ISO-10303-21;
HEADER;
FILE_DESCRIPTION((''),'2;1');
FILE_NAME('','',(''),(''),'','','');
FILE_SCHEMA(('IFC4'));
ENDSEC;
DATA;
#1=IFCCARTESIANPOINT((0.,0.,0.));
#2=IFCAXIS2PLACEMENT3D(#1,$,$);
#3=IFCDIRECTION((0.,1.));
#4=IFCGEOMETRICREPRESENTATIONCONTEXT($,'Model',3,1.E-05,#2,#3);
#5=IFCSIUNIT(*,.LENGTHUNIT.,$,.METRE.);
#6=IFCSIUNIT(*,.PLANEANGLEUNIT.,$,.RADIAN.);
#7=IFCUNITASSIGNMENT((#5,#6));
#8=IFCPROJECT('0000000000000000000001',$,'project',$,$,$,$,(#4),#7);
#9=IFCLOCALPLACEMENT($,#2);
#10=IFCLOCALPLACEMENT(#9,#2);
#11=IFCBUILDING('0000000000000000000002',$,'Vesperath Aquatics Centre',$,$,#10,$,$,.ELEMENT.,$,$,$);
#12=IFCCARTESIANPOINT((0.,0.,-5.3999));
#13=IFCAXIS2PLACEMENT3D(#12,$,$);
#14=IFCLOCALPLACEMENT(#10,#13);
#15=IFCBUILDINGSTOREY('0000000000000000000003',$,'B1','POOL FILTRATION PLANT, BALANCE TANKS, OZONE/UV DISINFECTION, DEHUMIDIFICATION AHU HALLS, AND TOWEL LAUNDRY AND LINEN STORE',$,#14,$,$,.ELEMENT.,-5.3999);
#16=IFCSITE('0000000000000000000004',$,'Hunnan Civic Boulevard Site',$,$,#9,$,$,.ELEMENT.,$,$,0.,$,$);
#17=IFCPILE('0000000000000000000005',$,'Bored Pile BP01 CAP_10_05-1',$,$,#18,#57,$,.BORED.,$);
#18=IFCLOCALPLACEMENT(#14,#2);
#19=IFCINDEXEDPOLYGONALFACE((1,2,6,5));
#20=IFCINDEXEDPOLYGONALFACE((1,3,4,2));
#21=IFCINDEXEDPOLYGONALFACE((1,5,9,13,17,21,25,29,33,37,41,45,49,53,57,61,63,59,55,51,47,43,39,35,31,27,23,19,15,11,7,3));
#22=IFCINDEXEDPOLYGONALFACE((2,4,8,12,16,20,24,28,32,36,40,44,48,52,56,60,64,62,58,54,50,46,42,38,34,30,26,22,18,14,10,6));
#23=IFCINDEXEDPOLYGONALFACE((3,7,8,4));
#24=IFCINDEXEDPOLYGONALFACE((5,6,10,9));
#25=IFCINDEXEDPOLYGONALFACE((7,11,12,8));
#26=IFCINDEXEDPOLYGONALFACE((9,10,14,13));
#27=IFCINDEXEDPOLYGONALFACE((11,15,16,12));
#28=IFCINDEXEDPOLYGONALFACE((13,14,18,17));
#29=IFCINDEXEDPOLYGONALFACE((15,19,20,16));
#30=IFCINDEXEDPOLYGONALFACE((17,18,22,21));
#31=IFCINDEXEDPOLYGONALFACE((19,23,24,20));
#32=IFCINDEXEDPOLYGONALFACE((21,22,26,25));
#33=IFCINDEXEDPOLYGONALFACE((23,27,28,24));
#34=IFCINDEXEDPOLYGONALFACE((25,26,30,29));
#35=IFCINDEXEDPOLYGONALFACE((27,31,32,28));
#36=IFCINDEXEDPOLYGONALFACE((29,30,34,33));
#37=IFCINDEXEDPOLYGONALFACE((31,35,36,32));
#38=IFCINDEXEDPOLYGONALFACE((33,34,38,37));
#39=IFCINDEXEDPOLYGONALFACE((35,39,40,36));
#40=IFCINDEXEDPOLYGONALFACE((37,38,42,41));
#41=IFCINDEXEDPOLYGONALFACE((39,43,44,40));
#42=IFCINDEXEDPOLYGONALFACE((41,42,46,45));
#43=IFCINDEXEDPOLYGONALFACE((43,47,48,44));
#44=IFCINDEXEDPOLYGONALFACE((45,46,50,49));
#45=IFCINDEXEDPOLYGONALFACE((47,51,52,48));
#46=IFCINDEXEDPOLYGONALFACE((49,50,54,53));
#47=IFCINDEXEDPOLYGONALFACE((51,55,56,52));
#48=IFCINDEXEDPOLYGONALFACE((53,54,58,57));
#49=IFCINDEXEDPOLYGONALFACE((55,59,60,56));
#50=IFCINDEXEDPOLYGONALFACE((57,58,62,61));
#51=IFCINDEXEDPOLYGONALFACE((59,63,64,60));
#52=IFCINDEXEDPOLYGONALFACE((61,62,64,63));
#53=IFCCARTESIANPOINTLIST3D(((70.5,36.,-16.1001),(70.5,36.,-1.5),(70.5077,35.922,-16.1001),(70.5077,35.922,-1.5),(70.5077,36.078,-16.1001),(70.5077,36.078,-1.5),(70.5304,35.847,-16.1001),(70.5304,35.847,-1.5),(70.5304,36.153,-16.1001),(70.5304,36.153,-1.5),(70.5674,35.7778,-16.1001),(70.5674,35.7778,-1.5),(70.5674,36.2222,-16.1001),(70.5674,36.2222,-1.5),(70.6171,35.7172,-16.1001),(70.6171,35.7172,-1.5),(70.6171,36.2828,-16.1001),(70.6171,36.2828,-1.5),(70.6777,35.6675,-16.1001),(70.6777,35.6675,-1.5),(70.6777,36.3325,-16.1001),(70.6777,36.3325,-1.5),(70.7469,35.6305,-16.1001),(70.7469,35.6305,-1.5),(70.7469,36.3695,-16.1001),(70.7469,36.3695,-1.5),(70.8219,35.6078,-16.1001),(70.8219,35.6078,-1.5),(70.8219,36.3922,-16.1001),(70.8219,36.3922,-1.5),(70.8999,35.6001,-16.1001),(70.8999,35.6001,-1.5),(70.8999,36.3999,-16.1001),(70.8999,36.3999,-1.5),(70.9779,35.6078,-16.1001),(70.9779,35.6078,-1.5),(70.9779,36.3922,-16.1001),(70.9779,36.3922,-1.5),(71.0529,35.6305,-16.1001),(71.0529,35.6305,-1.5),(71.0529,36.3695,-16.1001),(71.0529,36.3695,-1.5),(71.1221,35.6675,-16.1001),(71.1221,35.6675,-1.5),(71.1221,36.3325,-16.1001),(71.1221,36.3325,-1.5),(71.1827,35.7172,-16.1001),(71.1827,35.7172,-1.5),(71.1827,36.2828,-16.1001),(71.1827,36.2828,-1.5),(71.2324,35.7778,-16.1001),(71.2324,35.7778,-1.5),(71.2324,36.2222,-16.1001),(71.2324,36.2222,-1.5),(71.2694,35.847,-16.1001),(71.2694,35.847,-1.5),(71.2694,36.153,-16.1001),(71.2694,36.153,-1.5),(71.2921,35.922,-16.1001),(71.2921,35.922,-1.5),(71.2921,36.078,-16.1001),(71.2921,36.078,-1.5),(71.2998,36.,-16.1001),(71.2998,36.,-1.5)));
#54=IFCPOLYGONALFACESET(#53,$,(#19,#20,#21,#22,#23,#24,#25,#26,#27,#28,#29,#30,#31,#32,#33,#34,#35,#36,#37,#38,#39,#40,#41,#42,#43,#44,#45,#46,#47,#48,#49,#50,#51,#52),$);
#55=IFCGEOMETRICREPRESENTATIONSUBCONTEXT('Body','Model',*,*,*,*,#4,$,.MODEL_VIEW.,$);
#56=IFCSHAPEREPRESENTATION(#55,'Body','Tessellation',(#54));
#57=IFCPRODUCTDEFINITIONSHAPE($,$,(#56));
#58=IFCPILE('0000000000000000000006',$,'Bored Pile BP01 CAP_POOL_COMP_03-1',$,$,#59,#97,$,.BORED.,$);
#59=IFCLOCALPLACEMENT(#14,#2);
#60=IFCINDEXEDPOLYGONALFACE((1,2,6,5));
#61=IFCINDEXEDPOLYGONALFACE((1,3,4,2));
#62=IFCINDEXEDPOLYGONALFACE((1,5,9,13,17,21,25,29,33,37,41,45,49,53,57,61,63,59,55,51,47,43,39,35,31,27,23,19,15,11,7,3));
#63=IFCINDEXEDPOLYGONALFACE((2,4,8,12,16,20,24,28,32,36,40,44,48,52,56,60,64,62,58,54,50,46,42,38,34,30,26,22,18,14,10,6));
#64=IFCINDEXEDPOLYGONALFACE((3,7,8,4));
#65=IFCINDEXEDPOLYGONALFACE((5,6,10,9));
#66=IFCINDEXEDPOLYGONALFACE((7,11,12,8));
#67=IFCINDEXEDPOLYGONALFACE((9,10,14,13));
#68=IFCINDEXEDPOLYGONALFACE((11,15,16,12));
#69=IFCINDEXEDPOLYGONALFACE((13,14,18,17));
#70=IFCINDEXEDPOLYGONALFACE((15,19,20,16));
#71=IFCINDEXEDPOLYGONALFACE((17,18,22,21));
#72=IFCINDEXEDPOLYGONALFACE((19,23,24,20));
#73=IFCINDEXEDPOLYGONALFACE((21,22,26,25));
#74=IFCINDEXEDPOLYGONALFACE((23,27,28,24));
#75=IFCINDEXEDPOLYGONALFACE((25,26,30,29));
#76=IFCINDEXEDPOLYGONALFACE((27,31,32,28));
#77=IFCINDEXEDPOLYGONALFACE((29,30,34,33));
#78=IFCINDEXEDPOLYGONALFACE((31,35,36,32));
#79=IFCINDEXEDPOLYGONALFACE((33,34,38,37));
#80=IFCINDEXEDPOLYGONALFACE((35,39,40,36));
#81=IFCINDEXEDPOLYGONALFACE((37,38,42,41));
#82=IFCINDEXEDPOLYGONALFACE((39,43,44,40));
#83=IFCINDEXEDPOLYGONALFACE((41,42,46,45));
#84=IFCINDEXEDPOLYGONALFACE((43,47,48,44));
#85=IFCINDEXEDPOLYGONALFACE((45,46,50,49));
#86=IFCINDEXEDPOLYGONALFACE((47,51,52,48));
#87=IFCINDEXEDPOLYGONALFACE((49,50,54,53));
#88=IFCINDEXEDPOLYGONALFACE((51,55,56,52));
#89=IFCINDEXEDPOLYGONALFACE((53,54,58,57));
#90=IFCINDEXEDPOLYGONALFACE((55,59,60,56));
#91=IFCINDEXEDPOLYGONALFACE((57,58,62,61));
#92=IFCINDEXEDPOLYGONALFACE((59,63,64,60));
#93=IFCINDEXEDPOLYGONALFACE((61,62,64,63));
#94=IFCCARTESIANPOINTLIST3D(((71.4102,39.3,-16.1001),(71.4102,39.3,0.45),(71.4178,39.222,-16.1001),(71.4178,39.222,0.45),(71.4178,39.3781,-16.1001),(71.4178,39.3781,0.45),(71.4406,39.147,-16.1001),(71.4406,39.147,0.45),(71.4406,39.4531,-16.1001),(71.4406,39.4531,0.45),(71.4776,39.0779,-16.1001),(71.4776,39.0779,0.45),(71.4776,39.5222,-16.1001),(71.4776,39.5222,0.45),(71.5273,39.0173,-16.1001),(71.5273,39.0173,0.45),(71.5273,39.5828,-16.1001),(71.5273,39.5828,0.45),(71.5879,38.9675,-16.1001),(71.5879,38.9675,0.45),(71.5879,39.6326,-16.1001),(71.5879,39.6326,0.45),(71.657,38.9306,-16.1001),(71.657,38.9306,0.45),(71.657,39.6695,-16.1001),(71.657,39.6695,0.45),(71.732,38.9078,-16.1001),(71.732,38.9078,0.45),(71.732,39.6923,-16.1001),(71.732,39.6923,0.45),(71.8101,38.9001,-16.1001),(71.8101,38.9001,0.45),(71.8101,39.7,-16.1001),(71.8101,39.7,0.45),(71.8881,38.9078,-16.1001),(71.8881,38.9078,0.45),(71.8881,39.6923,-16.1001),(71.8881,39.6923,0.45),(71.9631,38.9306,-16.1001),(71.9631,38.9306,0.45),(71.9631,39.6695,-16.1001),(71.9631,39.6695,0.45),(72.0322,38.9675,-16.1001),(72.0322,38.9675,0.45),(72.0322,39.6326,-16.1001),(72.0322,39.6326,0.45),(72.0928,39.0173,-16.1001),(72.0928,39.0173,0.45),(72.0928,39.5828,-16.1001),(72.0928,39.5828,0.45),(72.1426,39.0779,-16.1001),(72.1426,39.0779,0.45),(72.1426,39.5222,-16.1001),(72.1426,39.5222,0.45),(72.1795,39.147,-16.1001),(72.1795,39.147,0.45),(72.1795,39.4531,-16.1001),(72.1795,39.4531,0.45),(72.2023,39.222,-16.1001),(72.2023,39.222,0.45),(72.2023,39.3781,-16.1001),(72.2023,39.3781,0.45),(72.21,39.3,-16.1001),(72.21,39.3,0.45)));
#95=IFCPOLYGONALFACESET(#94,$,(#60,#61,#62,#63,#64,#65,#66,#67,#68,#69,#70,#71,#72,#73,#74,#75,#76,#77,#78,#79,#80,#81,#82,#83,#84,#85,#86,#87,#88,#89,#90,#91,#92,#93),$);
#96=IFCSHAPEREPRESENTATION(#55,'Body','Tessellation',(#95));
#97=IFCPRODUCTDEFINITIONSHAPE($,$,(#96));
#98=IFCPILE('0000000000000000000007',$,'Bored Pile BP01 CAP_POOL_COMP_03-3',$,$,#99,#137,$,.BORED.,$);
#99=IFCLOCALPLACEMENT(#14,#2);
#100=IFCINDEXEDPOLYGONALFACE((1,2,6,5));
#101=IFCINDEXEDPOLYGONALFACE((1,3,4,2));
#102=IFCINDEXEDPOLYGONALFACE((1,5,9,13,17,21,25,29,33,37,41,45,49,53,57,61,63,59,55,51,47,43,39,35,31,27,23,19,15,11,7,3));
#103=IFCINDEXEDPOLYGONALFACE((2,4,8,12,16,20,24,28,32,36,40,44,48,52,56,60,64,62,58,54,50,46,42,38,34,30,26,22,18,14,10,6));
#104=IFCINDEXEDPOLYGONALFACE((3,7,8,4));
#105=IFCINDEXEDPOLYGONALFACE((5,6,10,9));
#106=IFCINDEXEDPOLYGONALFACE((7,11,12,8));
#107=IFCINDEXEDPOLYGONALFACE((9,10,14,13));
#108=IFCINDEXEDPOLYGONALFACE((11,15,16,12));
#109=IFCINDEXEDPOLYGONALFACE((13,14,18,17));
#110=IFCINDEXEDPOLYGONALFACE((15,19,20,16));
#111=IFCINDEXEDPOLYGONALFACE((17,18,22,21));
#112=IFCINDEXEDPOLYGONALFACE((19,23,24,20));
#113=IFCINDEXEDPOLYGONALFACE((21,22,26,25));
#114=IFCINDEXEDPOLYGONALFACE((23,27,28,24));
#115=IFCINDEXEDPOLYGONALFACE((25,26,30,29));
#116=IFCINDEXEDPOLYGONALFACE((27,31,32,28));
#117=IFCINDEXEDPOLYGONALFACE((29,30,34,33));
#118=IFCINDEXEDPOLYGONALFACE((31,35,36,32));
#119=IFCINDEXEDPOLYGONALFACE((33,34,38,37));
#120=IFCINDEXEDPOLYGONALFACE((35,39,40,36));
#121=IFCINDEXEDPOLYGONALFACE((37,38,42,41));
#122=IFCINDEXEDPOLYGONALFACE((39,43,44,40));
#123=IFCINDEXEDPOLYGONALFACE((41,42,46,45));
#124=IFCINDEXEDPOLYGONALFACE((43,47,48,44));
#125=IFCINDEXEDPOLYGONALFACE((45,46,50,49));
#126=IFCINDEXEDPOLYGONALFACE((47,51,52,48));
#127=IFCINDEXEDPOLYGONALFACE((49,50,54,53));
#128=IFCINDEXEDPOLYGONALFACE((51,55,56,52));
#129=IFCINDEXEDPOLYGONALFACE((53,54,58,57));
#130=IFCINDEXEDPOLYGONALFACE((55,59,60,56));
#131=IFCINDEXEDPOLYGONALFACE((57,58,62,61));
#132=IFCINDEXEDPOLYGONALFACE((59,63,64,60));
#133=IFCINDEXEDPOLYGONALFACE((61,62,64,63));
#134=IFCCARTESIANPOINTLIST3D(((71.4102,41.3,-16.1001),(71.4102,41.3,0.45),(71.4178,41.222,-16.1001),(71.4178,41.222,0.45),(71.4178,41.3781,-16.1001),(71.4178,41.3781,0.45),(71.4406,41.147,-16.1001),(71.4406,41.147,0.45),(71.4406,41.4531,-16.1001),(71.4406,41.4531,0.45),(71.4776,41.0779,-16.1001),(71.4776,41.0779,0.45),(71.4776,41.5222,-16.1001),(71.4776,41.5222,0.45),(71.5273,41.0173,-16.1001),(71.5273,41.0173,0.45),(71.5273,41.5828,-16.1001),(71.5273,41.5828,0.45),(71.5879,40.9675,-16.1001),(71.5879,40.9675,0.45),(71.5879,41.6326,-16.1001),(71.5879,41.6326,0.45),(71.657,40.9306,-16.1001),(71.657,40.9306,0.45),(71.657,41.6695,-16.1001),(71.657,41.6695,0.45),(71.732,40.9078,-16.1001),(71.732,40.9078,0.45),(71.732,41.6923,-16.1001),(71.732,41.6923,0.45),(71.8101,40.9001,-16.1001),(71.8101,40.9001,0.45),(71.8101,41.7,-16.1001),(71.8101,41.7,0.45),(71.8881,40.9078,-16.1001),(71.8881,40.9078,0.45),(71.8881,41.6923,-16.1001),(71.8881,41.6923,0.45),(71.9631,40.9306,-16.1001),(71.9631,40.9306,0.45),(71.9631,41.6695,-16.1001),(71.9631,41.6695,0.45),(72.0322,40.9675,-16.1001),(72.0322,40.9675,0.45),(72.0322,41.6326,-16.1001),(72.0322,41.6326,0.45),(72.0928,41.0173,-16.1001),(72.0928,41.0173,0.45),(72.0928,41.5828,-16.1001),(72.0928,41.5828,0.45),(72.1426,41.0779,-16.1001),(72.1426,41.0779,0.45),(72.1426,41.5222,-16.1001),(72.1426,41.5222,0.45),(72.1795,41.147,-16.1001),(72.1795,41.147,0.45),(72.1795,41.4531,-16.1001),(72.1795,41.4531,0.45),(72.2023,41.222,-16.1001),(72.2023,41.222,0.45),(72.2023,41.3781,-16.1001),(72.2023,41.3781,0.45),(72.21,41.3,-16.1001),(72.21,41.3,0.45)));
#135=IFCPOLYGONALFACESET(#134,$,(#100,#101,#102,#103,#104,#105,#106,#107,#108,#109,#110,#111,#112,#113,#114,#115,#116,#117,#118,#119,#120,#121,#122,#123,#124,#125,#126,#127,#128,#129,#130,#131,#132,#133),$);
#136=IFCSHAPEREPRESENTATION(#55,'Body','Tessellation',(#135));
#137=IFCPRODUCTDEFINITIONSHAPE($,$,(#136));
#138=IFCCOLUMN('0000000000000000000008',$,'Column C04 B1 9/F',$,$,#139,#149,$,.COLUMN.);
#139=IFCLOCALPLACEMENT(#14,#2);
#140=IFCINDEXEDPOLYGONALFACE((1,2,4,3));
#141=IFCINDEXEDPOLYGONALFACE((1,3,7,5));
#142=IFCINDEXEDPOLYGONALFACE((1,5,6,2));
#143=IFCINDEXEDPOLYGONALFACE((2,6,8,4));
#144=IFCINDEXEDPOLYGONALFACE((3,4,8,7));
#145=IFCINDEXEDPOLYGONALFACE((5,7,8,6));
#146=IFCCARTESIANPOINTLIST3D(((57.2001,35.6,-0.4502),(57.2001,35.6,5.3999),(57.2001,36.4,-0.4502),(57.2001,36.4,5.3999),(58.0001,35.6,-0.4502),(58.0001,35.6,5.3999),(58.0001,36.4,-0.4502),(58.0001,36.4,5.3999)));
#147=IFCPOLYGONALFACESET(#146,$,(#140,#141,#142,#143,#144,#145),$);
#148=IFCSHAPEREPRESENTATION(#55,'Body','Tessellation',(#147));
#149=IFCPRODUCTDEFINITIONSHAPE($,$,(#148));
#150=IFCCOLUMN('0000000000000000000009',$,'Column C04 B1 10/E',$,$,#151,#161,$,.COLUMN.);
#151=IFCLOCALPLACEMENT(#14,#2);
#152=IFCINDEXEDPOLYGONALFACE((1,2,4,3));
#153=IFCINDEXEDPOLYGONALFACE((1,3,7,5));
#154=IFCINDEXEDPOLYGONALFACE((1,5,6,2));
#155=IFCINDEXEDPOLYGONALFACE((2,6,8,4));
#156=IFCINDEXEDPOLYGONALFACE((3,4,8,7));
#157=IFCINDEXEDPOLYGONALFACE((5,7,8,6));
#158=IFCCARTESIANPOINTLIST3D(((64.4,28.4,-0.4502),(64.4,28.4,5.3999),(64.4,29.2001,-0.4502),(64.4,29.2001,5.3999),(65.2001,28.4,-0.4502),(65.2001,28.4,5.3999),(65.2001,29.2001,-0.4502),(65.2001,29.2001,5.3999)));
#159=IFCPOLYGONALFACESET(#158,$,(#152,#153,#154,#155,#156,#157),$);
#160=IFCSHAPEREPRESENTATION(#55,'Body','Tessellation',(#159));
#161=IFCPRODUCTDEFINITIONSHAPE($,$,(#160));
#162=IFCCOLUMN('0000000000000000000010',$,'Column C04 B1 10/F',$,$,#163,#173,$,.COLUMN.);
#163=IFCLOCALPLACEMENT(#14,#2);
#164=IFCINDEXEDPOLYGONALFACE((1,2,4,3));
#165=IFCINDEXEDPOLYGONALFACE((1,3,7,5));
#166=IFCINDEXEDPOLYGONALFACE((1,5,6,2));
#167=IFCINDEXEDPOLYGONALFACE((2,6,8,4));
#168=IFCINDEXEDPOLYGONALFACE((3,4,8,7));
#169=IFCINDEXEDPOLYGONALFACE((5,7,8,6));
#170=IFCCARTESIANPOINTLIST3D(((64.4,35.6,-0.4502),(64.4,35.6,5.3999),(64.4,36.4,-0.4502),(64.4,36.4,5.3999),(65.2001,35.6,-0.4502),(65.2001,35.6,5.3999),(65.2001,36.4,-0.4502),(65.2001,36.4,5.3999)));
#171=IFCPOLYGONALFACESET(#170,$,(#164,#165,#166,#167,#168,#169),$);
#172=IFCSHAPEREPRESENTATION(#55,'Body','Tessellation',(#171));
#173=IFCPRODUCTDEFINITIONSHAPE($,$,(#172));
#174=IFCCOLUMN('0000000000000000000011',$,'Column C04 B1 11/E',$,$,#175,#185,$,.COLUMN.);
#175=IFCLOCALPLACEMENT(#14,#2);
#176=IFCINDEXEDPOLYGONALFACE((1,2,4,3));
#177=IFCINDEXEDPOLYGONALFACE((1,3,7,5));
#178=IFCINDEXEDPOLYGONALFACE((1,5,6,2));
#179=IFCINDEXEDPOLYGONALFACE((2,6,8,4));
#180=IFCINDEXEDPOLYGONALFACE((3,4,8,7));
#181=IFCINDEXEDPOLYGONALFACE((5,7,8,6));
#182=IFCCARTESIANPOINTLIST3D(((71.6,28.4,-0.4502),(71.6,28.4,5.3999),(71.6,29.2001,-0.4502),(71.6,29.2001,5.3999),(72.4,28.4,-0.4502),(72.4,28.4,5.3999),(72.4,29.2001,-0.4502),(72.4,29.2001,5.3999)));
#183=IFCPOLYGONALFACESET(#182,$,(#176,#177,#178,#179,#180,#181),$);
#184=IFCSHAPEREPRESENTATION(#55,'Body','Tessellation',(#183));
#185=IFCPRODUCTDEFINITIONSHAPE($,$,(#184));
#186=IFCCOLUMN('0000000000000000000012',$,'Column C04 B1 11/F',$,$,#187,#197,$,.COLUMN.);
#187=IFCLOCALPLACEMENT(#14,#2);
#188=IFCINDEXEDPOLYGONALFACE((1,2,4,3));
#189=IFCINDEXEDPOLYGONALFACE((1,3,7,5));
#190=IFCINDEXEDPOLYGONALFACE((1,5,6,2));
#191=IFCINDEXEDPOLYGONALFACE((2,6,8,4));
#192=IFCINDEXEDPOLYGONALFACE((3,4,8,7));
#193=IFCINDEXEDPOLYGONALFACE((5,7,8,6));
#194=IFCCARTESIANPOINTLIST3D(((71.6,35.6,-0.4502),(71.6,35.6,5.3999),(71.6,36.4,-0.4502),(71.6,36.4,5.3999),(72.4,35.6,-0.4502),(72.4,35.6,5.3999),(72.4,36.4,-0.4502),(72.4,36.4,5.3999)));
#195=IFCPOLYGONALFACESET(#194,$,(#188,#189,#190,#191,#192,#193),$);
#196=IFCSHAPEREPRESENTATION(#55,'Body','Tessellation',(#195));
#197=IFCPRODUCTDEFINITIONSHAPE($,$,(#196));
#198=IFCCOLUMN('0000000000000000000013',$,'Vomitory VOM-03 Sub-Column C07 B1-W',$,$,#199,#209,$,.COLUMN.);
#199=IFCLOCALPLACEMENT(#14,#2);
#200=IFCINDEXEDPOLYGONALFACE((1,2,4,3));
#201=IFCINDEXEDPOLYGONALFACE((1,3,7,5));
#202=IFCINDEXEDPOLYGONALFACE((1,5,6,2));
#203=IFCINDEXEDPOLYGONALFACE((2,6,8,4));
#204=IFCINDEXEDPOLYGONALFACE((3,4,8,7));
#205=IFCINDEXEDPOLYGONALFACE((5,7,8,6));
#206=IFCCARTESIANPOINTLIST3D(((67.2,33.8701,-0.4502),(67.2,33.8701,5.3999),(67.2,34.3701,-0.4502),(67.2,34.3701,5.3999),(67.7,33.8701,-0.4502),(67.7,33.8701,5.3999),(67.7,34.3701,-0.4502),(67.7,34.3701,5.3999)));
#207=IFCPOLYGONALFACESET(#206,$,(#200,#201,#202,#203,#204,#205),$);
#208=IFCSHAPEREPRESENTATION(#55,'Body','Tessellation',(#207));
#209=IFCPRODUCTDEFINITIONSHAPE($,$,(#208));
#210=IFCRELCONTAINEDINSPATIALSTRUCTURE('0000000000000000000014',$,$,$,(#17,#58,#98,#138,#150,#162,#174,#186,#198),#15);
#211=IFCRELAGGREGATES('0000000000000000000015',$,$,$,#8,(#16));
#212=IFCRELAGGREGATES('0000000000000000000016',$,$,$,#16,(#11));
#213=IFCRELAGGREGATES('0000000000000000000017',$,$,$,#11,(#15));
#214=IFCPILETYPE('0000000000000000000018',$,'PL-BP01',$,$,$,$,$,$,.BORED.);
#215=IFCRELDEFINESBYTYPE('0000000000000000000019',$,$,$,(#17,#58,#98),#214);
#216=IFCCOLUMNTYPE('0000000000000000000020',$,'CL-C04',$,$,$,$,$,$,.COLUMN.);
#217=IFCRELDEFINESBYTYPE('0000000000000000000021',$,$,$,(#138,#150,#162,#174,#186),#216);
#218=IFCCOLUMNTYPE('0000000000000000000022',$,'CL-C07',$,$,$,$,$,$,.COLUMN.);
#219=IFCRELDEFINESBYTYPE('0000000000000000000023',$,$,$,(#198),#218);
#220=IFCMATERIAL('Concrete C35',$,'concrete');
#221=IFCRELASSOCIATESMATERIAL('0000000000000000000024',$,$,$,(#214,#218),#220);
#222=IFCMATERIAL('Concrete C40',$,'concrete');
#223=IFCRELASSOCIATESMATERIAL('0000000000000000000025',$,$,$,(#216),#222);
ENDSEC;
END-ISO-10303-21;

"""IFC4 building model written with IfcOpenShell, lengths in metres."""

from ifc_helpers import new_model, si_unit, direction, frame, origin, origin_2d, place, context, subcontext, project, spatial, rectangle, circle, extrude, material, material_profile, profile_set, type_object, element, save


model = new_model("IFC4")

# Units and contexts
model_context = context("Model", 3, precision=1e-05, world=origin(), true_north=direction((0.0, 1.0)))
body_context = subcontext(model_context, "Body", "Model", "MODEL_VIEW")
ifc_project = project(units=[si_unit("LENGTHUNIT", "METRE"), si_unit("PLANEANGLEUNIT", "RADIAN")], contexts=[model_context])

# Site, building, storey
site_placement = place(None, origin())
site = spatial("IfcSite", under=ifc_project, at=site_placement, Name="Hunnan Civic Boulevard Site", CompositionType="ELEMENT", RefElevation=0.0)
building_placement = place(site_placement, origin())
building = spatial("IfcBuilding", under=site, at=building_placement, Name="Vesperath Aquatics Centre", CompositionType="ELEMENT")
storey_placement = place(building_placement, frame((0.0, 0.0, -5.3999)))
storey = spatial("IfcBuildingStorey", under=building, at=storey_placement, Name="B1", Description="POOL FILTRATION PLANT, BALANCE TANKS, OZONE/UV DISINFECTION, DEHUMIDIFICATION AHU HALLS, AND TOWEL LAUNDRY AND LINEN STORE", CompositionType="ELEMENT", Elevation=-5.3999)

# Shared definitions
ifc_material_1 = material(Name="Concrete C40", Category="concrete")

# Piles
ifc_material_2 = material(Name="Concrete C35", Category="concrete")
ifc_material_profile_1 = material_profile(ifc_material_2, circle(Radius=0.3999, at=origin_2d()), Name="PILE D800")
ifc_profile_set_1 = profile_set([ifc_material_profile_1], Name="Concrete C35")
pile_type = type_object("IfcPileType", Name="PL-BP01", PredefinedType="BORED", material=ifc_profile_set_1)
for number, where, z_axis, x_axis, name in (
    (1, (70.8999, 36.0, -1.5), (0.0, 0.0, -1.0), (1.0, 0.0, 0.0), "Bored Pile BP01 CAP_10_05-1"),
):
    element("IfcPile", number, at=place(storey_placement, frame(where, z_axis=z_axis, x_axis=x_axis)), inside=storey, type_object=pile_type, Name=name, PredefinedType="BORED", context=body_context, shape_type="SweptSolid", body=[
        extrude(circle(Radius=0.3999, at=origin_2d()), origin(), (0.0, 0.0, 1.0), 14.6001),
    ])
for number, where, z_axis, x_axis, name in (
    (2, (71.8101, 39.3, 0.45), (0.0, 0.0, -1.0), (1.0, 0.0, 0.0), "Bored Pile BP01 CAP_POOL_COMP_03-1"),
    (3, (71.8101, 41.3, 0.45), (0.0, 0.0, -1.0), (1.0, 0.0, 0.0), "Bored Pile BP01 CAP_POOL_COMP_03-3"),
):
    element("IfcPile", number, at=place(storey_placement, frame(where, z_axis=z_axis, x_axis=x_axis)), inside=storey, type_object=pile_type, Name=name, PredefinedType="BORED", context=body_context, shape_type="SweptSolid", body=[
        extrude(circle(Radius=0.3999, at=origin_2d()), origin(), (0.0, 0.0, 1.0), 16.55),
    ])

# Columns
ifc_material_profile_2 = material_profile(ifc_material_1, rectangle(XDim=0.8, YDim=0.8, at=origin_2d()), Name="RC 800x800")
ifc_profile_set_2 = profile_set([ifc_material_profile_2], Name="Concrete C40")
column_type_1 = type_object("IfcColumnType", Name="CL-C04", PredefinedType="COLUMN", material=ifc_profile_set_2)
for number, where, z_axis, x_axis, name in (
    (4, (57.6001, 36.0, -0.4502), (0.0, 0.0, 1.0), (1.0, 0.0, 0.0), "Column C04 B1 9/F"),
    (5, (64.8, 28.8, -0.4502), (0.0, 0.0, 1.0), (1.0, 0.0, 0.0), "Column C04 B1 10/E"),
    (6, (64.8, 36.0, -0.4502), (0.0, 0.0, 1.0), (1.0, 0.0, 0.0), "Column C04 B1 10/F"),
    (7, (72.0, 28.8, -0.4502), (0.0, 0.0, 1.0), (1.0, 0.0, 0.0), "Column C04 B1 11/E"),
    (8, (72.0, 36.0, -0.4502), (0.0, 0.0, 1.0), (1.0, 0.0, 0.0), "Column C04 B1 11/F"),
):
    element("IfcColumn", number, at=place(storey_placement, frame(where, z_axis=z_axis, x_axis=x_axis)), inside=storey, type_object=column_type_1, Name=name, PredefinedType="COLUMN", context=body_context, shape_type="SweptSolid", body=[
        extrude(rectangle(XDim=0.8, YDim=0.8, at=origin_2d()), origin(), (0.0, 0.0, 1.0), 5.8501),
    ])
ifc_material_profile_3 = material_profile(ifc_material_2, rectangle(XDim=0.5, YDim=0.5, at=origin_2d()), Name="RC 500x500")
ifc_profile_set_3 = profile_set([ifc_material_profile_3], Name="Concrete C35")
column_type_2 = type_object("IfcColumnType", Name="CL-C07", PredefinedType="COLUMN", material=ifc_profile_set_3)
for number, where, z_axis, x_axis, name in (
    (9, (67.45, 34.1201, -0.4502), (0.0, 0.0, 1.0), (1.0, 0.0, 0.0), "Vomitory VOM-03 Sub-Column C07 B1-W"),
):
    element("IfcColumn", number, at=place(storey_placement, frame(where, z_axis=z_axis, x_axis=x_axis)), inside=storey, type_object=column_type_2, Name=name, PredefinedType="COLUMN", context=body_context, shape_type="SweptSolid", body=[
        extrude(rectangle(XDim=0.5, YDim=0.5, at=origin_2d()), origin(), (0.0, 0.0, 1.0), 5.8501),
    ])

save(model, "model.ifc")
